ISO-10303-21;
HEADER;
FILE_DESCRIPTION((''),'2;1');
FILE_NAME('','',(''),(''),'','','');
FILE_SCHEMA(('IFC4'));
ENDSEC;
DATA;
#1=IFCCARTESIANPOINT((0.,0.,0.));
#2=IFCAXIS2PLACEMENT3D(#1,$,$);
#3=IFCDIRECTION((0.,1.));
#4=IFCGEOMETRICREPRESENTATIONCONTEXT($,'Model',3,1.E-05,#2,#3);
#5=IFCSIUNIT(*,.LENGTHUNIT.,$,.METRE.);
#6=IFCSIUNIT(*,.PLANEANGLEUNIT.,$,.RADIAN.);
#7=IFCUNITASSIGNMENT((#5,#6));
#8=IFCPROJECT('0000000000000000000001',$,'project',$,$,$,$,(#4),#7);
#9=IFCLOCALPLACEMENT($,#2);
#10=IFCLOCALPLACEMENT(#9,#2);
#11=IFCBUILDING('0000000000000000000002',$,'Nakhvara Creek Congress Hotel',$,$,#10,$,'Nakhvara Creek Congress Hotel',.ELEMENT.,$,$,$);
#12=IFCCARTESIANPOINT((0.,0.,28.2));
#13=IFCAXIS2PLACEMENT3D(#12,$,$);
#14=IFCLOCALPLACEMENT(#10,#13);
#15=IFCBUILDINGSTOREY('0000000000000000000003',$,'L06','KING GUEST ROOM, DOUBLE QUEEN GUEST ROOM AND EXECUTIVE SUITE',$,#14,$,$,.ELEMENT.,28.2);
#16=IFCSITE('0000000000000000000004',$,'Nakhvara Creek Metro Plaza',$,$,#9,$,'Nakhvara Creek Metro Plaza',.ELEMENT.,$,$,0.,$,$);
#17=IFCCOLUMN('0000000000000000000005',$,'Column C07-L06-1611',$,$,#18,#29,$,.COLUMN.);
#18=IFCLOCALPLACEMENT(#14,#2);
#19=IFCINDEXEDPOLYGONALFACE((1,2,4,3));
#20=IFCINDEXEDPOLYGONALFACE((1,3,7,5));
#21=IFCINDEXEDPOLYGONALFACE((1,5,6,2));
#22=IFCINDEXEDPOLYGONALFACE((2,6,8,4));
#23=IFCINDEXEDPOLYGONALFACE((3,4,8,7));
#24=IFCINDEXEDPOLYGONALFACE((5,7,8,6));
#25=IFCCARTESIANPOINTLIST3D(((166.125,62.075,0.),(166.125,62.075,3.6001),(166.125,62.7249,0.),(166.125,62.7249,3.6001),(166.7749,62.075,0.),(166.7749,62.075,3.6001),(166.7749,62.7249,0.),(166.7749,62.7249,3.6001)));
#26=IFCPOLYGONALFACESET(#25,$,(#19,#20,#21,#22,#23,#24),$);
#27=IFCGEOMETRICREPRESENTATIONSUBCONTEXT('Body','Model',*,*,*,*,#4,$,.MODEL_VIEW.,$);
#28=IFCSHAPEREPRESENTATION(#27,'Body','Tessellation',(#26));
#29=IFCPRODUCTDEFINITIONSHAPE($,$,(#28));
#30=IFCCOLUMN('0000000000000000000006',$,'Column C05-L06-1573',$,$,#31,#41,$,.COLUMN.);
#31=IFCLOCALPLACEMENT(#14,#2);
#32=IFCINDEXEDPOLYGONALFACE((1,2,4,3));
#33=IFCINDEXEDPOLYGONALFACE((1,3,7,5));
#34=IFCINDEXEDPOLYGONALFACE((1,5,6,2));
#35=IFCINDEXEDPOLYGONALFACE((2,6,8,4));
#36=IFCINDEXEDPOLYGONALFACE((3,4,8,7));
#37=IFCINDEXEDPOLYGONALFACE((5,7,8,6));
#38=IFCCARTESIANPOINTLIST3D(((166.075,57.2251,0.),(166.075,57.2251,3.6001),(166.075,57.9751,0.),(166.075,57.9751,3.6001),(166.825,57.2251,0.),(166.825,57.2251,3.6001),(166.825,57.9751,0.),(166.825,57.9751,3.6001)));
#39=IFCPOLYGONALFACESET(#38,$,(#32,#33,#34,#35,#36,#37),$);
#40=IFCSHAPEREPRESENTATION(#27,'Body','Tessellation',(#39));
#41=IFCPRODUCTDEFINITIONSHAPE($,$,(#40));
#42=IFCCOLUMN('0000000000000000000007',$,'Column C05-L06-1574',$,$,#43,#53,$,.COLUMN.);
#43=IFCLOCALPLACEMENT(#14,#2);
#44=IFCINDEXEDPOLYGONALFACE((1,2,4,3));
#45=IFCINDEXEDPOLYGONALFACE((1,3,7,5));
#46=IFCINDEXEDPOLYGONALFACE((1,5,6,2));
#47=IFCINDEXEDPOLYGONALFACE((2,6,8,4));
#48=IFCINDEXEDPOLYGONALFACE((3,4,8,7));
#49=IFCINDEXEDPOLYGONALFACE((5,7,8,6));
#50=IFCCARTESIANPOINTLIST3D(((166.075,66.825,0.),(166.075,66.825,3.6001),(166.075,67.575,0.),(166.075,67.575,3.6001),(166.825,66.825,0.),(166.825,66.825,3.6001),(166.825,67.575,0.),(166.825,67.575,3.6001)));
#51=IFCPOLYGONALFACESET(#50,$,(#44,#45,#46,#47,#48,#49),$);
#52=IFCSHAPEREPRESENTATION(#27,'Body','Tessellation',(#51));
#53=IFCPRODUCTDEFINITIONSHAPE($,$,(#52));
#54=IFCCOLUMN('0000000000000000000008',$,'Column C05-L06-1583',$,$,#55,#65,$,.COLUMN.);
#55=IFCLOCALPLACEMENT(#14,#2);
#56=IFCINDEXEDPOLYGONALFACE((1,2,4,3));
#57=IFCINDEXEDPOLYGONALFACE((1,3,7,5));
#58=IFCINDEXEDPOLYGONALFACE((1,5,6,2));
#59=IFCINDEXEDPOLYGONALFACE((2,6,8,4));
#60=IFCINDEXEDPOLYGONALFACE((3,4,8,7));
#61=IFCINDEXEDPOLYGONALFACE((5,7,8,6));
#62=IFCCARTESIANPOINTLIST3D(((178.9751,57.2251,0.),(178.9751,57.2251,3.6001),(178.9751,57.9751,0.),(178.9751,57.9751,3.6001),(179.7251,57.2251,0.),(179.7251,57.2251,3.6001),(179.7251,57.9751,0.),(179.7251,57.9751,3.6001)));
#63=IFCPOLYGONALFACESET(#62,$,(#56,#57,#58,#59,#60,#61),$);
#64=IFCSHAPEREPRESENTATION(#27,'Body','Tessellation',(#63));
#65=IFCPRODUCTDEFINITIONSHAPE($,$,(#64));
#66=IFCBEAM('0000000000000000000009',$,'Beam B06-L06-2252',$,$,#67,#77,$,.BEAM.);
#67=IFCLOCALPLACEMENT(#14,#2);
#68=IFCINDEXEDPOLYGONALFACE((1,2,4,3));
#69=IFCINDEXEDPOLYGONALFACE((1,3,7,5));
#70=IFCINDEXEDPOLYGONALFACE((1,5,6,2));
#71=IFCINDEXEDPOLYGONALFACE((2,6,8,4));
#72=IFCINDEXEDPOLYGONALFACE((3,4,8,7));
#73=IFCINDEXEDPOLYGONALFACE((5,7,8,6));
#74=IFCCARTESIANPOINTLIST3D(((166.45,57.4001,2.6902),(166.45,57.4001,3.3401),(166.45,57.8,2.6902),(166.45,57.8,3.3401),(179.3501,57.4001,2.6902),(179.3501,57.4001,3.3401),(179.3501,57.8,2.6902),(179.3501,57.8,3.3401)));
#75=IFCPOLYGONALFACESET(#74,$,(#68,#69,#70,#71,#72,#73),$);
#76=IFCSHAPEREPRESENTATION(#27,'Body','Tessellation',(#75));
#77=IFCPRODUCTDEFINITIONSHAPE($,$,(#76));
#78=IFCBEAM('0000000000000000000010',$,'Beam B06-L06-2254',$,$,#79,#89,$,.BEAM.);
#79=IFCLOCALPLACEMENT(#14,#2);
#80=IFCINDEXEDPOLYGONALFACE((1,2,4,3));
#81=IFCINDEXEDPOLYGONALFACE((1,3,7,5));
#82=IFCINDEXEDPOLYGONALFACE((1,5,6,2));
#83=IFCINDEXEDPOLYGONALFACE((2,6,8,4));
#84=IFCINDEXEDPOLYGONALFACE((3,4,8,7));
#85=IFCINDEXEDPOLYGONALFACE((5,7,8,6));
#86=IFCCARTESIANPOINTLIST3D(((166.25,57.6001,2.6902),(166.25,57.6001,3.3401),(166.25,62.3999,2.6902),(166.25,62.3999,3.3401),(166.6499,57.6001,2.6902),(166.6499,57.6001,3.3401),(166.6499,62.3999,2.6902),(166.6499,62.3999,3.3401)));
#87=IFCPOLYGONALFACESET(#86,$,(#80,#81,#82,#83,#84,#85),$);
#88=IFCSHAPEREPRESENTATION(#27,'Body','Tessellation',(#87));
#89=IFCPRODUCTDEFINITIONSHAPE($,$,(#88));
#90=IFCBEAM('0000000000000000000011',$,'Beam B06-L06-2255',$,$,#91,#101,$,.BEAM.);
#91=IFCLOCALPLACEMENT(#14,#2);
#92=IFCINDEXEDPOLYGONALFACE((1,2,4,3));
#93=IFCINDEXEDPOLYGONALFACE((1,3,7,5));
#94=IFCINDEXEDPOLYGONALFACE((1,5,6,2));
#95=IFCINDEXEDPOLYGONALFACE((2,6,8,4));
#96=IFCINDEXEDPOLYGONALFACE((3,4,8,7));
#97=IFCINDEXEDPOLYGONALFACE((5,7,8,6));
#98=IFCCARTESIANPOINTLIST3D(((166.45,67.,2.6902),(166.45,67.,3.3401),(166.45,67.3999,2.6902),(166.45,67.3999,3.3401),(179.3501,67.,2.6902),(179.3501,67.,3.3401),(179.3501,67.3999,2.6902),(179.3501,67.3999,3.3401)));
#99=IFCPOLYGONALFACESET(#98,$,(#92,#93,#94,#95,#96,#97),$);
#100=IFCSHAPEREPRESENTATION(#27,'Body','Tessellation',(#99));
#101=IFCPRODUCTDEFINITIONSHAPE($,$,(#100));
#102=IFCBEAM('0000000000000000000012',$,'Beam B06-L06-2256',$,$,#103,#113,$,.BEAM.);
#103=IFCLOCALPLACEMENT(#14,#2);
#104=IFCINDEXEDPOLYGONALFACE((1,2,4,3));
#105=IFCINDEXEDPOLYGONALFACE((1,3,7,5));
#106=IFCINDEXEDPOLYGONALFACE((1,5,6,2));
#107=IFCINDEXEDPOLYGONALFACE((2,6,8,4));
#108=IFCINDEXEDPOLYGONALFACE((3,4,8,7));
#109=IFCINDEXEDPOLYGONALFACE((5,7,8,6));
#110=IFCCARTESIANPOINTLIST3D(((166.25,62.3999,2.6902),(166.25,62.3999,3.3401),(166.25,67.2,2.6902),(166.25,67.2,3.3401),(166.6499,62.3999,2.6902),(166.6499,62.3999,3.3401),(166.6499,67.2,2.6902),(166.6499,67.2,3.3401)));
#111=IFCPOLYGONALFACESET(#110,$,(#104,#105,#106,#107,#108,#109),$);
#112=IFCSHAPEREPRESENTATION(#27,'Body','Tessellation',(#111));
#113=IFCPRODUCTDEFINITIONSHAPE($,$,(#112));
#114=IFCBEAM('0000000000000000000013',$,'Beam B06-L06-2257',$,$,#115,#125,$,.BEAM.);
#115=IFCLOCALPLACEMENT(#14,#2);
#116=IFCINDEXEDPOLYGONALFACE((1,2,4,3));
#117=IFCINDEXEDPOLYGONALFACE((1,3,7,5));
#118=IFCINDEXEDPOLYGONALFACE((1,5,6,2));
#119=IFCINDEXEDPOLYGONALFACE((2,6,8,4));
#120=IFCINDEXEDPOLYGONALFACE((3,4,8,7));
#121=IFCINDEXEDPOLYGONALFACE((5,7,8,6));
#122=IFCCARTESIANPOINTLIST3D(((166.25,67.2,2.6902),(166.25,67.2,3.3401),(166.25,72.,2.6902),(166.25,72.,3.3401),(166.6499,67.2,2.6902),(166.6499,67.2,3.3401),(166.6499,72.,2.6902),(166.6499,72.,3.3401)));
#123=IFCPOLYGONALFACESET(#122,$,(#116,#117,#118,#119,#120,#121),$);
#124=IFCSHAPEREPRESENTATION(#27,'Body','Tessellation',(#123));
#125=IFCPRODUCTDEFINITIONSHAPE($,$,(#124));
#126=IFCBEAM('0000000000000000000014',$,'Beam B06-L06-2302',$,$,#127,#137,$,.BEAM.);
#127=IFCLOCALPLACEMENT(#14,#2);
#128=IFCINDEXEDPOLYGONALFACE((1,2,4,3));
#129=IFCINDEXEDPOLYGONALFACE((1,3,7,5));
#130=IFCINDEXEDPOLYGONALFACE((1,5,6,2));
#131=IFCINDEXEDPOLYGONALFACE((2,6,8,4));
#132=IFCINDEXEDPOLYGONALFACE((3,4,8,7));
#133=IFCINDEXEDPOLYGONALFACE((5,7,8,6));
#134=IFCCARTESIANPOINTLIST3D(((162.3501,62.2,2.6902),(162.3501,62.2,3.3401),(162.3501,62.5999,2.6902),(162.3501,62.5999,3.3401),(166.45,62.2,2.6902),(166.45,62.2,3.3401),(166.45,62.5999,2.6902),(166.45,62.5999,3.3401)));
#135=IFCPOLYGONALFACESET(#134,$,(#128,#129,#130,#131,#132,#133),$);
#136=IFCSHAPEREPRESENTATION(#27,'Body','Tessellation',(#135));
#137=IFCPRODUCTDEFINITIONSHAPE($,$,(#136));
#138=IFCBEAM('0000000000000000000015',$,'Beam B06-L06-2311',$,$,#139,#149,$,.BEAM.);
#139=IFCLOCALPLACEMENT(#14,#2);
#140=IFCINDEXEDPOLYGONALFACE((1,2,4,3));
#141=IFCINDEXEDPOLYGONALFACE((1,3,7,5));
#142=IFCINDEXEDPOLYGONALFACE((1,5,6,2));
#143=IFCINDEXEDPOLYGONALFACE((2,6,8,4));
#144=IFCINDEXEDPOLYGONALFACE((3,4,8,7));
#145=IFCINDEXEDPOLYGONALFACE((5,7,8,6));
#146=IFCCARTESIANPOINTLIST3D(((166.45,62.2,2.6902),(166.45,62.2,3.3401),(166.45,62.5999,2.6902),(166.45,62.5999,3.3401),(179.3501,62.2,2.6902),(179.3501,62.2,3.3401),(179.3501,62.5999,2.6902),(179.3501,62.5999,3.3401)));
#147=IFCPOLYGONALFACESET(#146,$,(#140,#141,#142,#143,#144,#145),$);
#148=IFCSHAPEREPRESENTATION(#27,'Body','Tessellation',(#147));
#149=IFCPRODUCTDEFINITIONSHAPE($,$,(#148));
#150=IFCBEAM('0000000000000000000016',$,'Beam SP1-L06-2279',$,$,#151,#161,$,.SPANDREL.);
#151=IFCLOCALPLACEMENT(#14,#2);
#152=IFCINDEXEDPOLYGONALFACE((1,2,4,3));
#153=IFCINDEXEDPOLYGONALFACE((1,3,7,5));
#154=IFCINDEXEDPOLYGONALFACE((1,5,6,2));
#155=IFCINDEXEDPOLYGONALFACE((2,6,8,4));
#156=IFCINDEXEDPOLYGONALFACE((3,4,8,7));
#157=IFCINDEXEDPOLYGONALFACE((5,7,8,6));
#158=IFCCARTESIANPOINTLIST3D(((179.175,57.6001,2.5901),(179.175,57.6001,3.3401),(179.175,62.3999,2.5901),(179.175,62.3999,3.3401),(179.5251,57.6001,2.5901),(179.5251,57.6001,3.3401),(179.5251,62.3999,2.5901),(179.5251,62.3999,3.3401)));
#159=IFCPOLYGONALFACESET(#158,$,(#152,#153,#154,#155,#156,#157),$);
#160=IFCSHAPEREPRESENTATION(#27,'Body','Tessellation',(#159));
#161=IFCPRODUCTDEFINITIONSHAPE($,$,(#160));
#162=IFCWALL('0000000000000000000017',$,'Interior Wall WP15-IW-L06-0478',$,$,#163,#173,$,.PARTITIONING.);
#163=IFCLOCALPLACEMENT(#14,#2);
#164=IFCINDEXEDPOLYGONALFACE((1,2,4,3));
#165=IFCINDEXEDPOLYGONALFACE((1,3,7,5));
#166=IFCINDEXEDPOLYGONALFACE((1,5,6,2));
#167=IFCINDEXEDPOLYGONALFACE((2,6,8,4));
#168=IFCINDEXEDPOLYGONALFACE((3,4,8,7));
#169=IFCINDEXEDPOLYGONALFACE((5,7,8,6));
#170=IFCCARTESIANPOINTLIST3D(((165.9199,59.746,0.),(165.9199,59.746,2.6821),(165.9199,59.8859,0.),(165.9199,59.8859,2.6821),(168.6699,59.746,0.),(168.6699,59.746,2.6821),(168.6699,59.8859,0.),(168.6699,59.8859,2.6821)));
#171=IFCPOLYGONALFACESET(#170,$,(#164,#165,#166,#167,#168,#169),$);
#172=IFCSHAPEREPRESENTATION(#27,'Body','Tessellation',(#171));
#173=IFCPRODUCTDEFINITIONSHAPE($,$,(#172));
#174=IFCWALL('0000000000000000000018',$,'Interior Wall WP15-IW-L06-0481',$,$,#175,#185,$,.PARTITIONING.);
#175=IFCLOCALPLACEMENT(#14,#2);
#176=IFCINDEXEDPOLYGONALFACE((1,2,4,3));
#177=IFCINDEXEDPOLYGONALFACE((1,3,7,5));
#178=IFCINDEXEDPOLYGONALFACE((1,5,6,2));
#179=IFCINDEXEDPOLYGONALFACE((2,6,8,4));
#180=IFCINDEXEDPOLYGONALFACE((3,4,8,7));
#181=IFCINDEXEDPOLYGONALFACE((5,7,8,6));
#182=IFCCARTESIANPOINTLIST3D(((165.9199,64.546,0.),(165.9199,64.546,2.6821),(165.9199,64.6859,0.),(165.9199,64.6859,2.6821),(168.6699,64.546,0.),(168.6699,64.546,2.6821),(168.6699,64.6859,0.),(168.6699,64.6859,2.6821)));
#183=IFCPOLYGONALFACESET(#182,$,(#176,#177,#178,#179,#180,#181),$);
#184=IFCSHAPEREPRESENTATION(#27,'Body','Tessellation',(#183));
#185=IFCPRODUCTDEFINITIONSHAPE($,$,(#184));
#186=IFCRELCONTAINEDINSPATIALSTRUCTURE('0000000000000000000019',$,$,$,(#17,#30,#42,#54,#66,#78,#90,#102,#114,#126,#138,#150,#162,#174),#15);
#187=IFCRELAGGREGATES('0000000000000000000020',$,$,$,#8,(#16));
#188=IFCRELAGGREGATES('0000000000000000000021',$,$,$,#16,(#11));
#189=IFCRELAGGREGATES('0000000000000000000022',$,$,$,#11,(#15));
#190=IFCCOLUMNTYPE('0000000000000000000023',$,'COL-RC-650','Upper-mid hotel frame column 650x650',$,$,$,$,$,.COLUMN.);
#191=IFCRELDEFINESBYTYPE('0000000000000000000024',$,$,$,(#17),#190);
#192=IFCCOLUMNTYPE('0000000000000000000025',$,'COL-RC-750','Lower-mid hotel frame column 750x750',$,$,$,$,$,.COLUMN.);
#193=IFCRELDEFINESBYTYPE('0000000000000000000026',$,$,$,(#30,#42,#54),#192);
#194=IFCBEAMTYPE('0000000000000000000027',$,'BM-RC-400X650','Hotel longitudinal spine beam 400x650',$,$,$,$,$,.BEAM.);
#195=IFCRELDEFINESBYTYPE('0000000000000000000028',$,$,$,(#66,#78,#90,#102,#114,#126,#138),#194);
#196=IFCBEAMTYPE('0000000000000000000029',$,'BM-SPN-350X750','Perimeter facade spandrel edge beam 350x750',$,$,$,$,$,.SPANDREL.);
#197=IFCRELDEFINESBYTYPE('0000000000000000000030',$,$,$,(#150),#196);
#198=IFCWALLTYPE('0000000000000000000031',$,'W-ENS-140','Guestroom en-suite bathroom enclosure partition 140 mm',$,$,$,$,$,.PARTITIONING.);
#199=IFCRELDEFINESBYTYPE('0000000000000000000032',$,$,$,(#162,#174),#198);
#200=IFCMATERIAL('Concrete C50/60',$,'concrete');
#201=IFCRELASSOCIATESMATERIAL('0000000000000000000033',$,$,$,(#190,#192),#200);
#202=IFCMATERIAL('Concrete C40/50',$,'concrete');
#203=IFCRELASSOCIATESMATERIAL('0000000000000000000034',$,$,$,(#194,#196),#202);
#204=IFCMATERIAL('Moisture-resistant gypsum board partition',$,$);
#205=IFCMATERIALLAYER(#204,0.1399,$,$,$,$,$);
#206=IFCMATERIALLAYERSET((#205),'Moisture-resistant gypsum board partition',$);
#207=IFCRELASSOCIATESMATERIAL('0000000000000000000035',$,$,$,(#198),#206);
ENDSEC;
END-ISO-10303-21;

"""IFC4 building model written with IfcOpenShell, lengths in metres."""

from ifc_helpers import new_model, si_unit, direction, frame, frame_2d, origin, origin_2d, place, context, subcontext, project, spatial, rectangle, extrude, material, layer, layer_set, material_profile, profile_set, type_object, element, save


model = new_model("IFC4")

# Units and contexts
model_context = context("Model", 3, precision=1e-05, world=origin(), true_north=direction((0.0, 1.0)))
body_context = subcontext(model_context, "Body", "Model", "MODEL_VIEW")
ifc_project = project(units=[si_unit("LENGTHUNIT", "METRE"), si_unit("PLANEANGLEUNIT", "RADIAN")], contexts=[model_context])

# Site, building, storey
site_placement = place(None, origin())
site = spatial("IfcSite", under=ifc_project, at=site_placement, Name="Nakhvara Creek Metro Plaza", LongName="Nakhvara Creek Metro Plaza", CompositionType="ELEMENT", RefElevation=0.0)
building_placement = place(site_placement, origin())
building = spatial("IfcBuilding", under=site, at=building_placement, Name="Nakhvara Creek Congress Hotel", LongName="Nakhvara Creek Congress Hotel", CompositionType="ELEMENT")
storey_placement = place(building_placement, frame((0.0, 0.0, 28.2)))
storey = spatial("IfcBuildingStorey", under=building, at=storey_placement, Name="L06", Description="KING GUEST ROOM, DOUBLE QUEEN GUEST ROOM AND EXECUTIVE SUITE", CompositionType="ELEMENT", Elevation=28.2)

# Columns
ifc_material_1 = material(Name="Concrete C50/60", Category="concrete")
ifc_material_profile_1 = material_profile(ifc_material_1, rectangle(XDim=0.6499, YDim=0.6499, at=origin_2d()), Name="RC-COL 650x650", Category="LoadBearing")
ifc_profile_set_1 = profile_set([ifc_material_profile_1], Name="Concrete C50/60")
column_type_1 = type_object("IfcColumnType", Name="COL-RC-650", Description="Upper-mid hotel frame column 650x650", PredefinedType="COLUMN", material=ifc_profile_set_1)
column_placement = place(storey_placement, frame((166.45, 62.3999, 0.0), z_axis=(0.0, 0.0, 1.0), x_axis=(1.0, 0.0, 0.0)))
element("IfcColumn", 1, at=column_placement, inside=storey, type_object=column_type_1, Name="Column C07-L06-1611", PredefinedType="COLUMN", context=body_context, shape_type="SweptSolid", body=[
    extrude(rectangle(XDim=0.6499, YDim=0.6499, at=origin_2d()), origin(), (0.0, 0.0, 1.0), 3.6001),
])
ifc_material_profile_2 = material_profile(ifc_material_1, rectangle(XDim=0.75, YDim=0.75, at=origin_2d()), Name="RC-COL 750x750", Category="LoadBearing")
ifc_profile_set_2 = profile_set([ifc_material_profile_2], Name="Concrete C50/60")
column_type_2 = type_object("IfcColumnType", Name="COL-RC-750", Description="Lower-mid hotel frame column 750x750", PredefinedType="COLUMN", material=ifc_profile_set_2)
for number, where, z_axis, x_axis, name in (
    (2, (166.45, 57.6001, 0.0), (0.0, 0.0, 1.0), (1.0, 0.0, 0.0), "Column C05-L06-1573"),
    (3, (166.45, 67.2, 0.0), (0.0, 0.0, 1.0), (1.0, 0.0, 0.0), "Column C05-L06-1574"),
    (4, (179.3501, 57.6001, 0.0), (0.0, 0.0, 1.0), (1.0, 0.0, 0.0), "Column C05-L06-1583"),
):
    element("IfcColumn", number, at=place(storey_placement, frame(where, z_axis=z_axis, x_axis=x_axis)), inside=storey, type_object=column_type_2, Name=name, PredefinedType="COLUMN", context=body_context, shape_type="SweptSolid", body=[
        extrude(rectangle(XDim=0.75, YDim=0.75, at=origin_2d()), origin(), (0.0, 0.0, 1.0), 3.6001),
    ])

# Beams
ifc_material_2 = material(Name="Concrete C40/50", Category="concrete")
ifc_material_profile_3 = material_profile(ifc_material_2, rectangle(XDim=0.3999, YDim=0.6499, at=origin_2d()), Name="RC-BM 400x650", Category="LoadBearing")
ifc_profile_set_3 = profile_set([ifc_material_profile_3], Name="Concrete C40/50")
beam_type_1 = type_object("IfcBeamType", Name="BM-RC-400X650", Description="Hotel longitudinal spine beam 400x650", PredefinedType="BEAM", material=ifc_profile_set_3)
beam_1_placement = place(storey_placement, frame((166.45, 57.6001, 3.0151), z_axis=(1.0, 0.0, 0.0), x_axis=(0.0, 1.0, 0.0)))
element("IfcBeam", 5, at=beam_1_placement, inside=storey, type_object=beam_type_1, Name="Beam B06-L06-2252", PredefinedType="BEAM", context=body_context, shape_type="SweptSolid", body=[
    extrude(rectangle(XDim=0.3999, YDim=0.6499, at=origin_2d()), origin(), (0.0, 0.0, 1.0), 12.9001),
])
beam_2_placement = place(storey_placement, frame((166.45, 57.6001, 3.0151), z_axis=(0.0, 1.0, 0.0), x_axis=(-1.0, 0.0, 0.0)))
element("IfcBeam", 6, at=beam_2_placement, inside=storey, type_object=beam_type_1, Name="Beam B06-L06-2254", PredefinedType="BEAM", context=body_context, shape_type="SweptSolid", body=[
    extrude(rectangle(XDim=0.3999, YDim=0.6499, at=origin_2d()), origin(), (0.0, 0.0, 1.0), 4.7998),
])
beam_3_placement = place(storey_placement, frame((166.45, 67.2, 3.0151), z_axis=(1.0, 0.0, 0.0), x_axis=(0.0, 1.0, 0.0)))
element("IfcBeam", 7, at=beam_3_placement, inside=storey, type_object=beam_type_1, Name="Beam B06-L06-2255", PredefinedType="BEAM", context=body_context, shape_type="SweptSolid", body=[
    extrude(rectangle(XDim=0.3999, YDim=0.6499, at=origin_2d()), origin(), (0.0, 0.0, 1.0), 12.9001),
])
for number, where, z_axis, x_axis, name in (
    (8, (166.45, 62.3999, 3.0151), (0.0, 1.0, 0.0), (-1.0, 0.0, 0.0), "Beam B06-L06-2256"),
    (9, (166.45, 67.2, 3.0151), (0.0, 1.0, 0.0), (-1.0, 0.0, 0.0), "Beam B06-L06-2257"),
):
    element("IfcBeam", number, at=place(storey_placement, frame(where, z_axis=z_axis, x_axis=x_axis)), inside=storey, type_object=beam_type_1, Name=name, PredefinedType="BEAM", context=body_context, shape_type="SweptSolid", body=[
        extrude(rectangle(XDim=0.3999, YDim=0.6499, at=origin_2d()), origin(), (0.0, 0.0, 1.0), 4.8),
    ])
beam_4_placement = place(storey_placement, frame((162.3501, 62.3999, 3.0151), z_axis=(1.0, 0.0, 0.0), x_axis=(0.0, 1.0, 0.0)))
element("IfcBeam", 10, at=beam_4_placement, inside=storey, type_object=beam_type_1, Name="Beam B06-L06-2302", PredefinedType="BEAM", context=body_context, shape_type="SweptSolid", body=[
    extrude(rectangle(XDim=0.3999, YDim=0.6499, at=origin_2d()), origin(), (0.0, 0.0, 1.0), 4.0999),
])
beam_5_placement = place(storey_placement, frame((166.45, 62.3999, 3.0151), z_axis=(1.0, 0.0, 0.0), x_axis=(0.0, 1.0, 0.0)))
element("IfcBeam", 11, at=beam_5_placement, inside=storey, type_object=beam_type_1, Name="Beam B06-L06-2311", PredefinedType="BEAM", context=body_context, shape_type="SweptSolid", body=[
    extrude(rectangle(XDim=0.3999, YDim=0.6499, at=origin_2d()), origin(), (0.0, 0.0, 1.0), 12.9001),
])
ifc_material_profile_4 = material_profile(ifc_material_2, rectangle(XDim=0.3501, YDim=0.75, at=origin_2d()), Name="RC-SPANDREL 350x750", Category="LoadBearing")
ifc_profile_set_4 = profile_set([ifc_material_profile_4], Name="Concrete C40/50")
beam_type_2 = type_object("IfcBeamType", Name="BM-SPN-350X750", Description="Perimeter facade spandrel edge beam 350x750", PredefinedType="SPANDREL", material=ifc_profile_set_4)
beam_6_placement = place(storey_placement, frame((179.3501, 57.6001, 2.9651), z_axis=(0.0, 1.0, 0.0), x_axis=(-1.0, 0.0, 0.0)))
element("IfcBeam", 12, at=beam_6_placement, inside=storey, type_object=beam_type_2, Name="Beam SP1-L06-2279", PredefinedType="SPANDREL", context=body_context, shape_type="SweptSolid", body=[
    extrude(rectangle(XDim=0.3501, YDim=0.75, at=origin_2d()), origin(), (0.0, 0.0, 1.0), 4.7998),
])

# Shared definitions
ifc_material_3 = material(Name="Moisture-resistant gypsum board partition")
ifc_layer_1 = layer(ifc_material_3, 0.1399)
ifc_layer_set_1 = layer_set([ifc_layer_1], Name="Moisture-resistant gypsum board partition")
wall_type_1 = type_object("IfcWallType", Name="W-ENS-140", Description="Guestroom en-suite bathroom enclosure partition 140 mm", PredefinedType="PARTITIONING", material=ifc_layer_set_1)

# Wall
wall_1_placement = place(storey_placement, frame((165.9199, 59.8159, 0.0), z_axis=(0.0, 0.0, 1.0), x_axis=(1.0, 0.0, 0.0)))
element("IfcWall", 13, at=wall_1_placement, inside=storey, type_object=wall_type_1, Name="Interior Wall WP15-IW-L06-0478", PredefinedType="PARTITIONING", context=body_context, shape_type="SweptSolid", body=[
    extrude(rectangle(XDim=2.75, YDim=0.1399, at=frame_2d((1.375, 0.0))), origin(), (0.0, 0.0, 1.0), 2.6821),
])

# Wall
wall_2_placement = place(storey_placement, frame((165.9199, 64.616, 0.0), z_axis=(0.0, 0.0, 1.0), x_axis=(1.0, 0.0, 0.0)))
element("IfcWall", 14, at=wall_2_placement, inside=storey, type_object=wall_type_1, Name="Interior Wall WP15-IW-L06-0481", PredefinedType="PARTITIONING", context=body_context, shape_type="SweptSolid", body=[
    extrude(rectangle(XDim=2.75, YDim=0.1399, at=frame_2d((1.375, 0.0))), origin(), (0.0, 0.0, 1.0), 2.6821),
])

save(model, "model.ifc")
